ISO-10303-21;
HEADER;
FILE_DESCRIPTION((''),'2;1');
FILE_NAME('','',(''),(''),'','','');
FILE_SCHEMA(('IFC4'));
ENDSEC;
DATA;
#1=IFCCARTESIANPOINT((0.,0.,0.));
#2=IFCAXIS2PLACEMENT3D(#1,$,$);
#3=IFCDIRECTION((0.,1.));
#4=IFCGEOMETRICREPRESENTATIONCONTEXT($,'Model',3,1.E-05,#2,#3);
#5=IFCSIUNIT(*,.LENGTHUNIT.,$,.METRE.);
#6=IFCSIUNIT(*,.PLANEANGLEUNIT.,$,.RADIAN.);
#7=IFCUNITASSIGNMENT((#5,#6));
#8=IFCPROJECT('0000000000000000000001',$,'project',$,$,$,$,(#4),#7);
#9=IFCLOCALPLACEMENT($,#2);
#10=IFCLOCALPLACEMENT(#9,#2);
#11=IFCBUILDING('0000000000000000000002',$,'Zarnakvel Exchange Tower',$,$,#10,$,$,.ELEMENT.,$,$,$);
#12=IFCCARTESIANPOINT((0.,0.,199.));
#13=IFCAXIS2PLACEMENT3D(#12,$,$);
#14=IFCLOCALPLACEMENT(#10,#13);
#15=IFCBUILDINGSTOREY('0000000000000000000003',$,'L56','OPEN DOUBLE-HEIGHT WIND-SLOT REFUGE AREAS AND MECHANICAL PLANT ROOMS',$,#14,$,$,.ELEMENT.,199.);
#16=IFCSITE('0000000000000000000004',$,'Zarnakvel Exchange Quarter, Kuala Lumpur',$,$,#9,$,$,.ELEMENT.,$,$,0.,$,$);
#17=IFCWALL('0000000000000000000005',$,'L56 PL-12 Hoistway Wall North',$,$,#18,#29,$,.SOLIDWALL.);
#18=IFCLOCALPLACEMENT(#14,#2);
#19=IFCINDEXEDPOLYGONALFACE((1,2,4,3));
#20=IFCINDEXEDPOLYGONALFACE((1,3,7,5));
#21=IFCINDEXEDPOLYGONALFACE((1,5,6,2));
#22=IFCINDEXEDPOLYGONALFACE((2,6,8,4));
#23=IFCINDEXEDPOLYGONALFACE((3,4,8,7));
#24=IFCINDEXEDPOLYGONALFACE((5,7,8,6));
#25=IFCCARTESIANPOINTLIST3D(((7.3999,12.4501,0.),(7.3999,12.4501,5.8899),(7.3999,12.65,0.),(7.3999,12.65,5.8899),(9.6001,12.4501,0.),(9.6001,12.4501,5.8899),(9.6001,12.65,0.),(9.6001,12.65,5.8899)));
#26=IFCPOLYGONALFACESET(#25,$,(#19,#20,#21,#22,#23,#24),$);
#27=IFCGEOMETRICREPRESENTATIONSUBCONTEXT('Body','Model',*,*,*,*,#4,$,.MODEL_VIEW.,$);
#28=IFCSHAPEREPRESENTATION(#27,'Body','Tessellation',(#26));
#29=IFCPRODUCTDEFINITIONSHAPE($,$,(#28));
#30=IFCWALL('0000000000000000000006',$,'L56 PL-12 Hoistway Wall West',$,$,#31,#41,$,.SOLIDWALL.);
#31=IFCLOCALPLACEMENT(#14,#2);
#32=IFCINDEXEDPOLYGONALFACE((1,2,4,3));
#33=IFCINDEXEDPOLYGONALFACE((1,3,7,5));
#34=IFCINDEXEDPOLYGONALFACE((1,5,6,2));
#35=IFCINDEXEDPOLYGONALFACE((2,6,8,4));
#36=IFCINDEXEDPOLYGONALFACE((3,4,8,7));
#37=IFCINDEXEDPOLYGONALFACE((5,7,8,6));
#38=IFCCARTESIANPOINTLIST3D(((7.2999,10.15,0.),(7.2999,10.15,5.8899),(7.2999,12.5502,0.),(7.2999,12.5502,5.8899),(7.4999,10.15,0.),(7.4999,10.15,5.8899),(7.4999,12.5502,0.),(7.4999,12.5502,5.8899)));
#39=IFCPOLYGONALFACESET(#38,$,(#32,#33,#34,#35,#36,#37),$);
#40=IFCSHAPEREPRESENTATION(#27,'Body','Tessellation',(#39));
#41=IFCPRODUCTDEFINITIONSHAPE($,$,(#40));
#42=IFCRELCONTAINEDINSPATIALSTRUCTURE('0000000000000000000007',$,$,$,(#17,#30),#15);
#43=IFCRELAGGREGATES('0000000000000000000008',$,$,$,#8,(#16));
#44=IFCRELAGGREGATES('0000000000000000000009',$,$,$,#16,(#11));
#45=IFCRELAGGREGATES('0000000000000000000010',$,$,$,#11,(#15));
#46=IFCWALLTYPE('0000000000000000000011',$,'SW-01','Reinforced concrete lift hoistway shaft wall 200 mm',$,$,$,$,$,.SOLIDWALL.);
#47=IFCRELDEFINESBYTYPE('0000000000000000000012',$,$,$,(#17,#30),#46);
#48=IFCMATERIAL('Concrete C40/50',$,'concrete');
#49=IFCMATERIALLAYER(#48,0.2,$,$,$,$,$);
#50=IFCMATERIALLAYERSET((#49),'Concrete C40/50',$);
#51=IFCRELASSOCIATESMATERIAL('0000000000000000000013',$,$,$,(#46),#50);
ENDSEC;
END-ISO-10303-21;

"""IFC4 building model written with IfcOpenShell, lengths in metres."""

from ifc_helpers import new_model, si_unit, direction, frame, frame_2d, origin, place, context, subcontext, project, spatial, rectangle, extrude, material, layer, layer_set, type_object, element, save


model = new_model("IFC4")

# Units and contexts
model_context = context("Model", 3, precision=1e-05, world=origin(), true_north=direction((0.0, 1.0)))
body_context = subcontext(model_context, "Body", "Model", "MODEL_VIEW")
ifc_project = project(units=[si_unit("LENGTHUNIT", "METRE"), si_unit("PLANEANGLEUNIT", "RADIAN")], contexts=[model_context])

# Site, building, storey
site_placement = place(None, origin())
site = spatial("IfcSite", under=ifc_project, at=site_placement, Name="Zarnakvel Exchange Quarter, Kuala Lumpur", CompositionType="ELEMENT", RefElevation=0.0)
building_placement = place(site_placement, origin())
building = spatial("IfcBuilding", under=site, at=building_placement, Name="Zarnakvel Exchange Tower", CompositionType="ELEMENT")
storey_placement = place(building_placement, frame((0.0, 0.0, 199.0)))
storey = spatial("IfcBuildingStorey", under=building, at=storey_placement, Name="L56", Description="OPEN DOUBLE-HEIGHT WIND-SLOT REFUGE AREAS AND MECHANICAL PLANT ROOMS", CompositionType="ELEMENT", Elevation=199.0)

# Walls
ifc_material_1 = material(Name="Concrete C40/50", Category="concrete")
ifc_layer_1 = layer(ifc_material_1, 0.2)
ifc_layer_set_1 = layer_set([ifc_layer_1], Name="Concrete C40/50")
wall_type_1 = type_object("IfcWallType", Name="SW-01", Description="Reinforced concrete lift hoistway shaft wall 200 mm", PredefinedType="SOLIDWALL", material=ifc_layer_set_1)
wall_1_placement = place(storey_placement, frame((7.3999, 12.55, 0.0), z_axis=(0.0, 0.0, 1.0), x_axis=(1.0, 0.0, 0.0)))
element("IfcWall", 1, at=wall_1_placement, inside=storey, type_object=wall_type_1, Name="L56 PL-12 Hoistway Wall North", PredefinedType="SOLIDWALL", context=body_context, shape_type="SweptSolid", body=[
    extrude(rectangle(XDim=2.2002, YDim=0.2, at=frame_2d((1.1001, 0.0))), origin(), (0.0, 0.0, 1.0), 5.8899),
])
wall_2_placement = place(storey_placement, frame((7.3999, 10.1499, 0.0), z_axis=(0.0, 0.0, 1.0), x_axis=(0.0, 1.0, 0.0)))
element("IfcWall", 2, at=wall_2_placement, inside=storey, type_object=wall_type_1, Name="L56 PL-12 Hoistway Wall West", PredefinedType="SOLIDWALL", context=body_context, shape_type="SweptSolid", body=[
    extrude(rectangle(XDim=2.4001, YDim=0.2, at=frame_2d((1.2002, 0.0))), origin(), (0.0, 0.0, 1.0), 5.8899),
])

save(model, "model.ifc")
